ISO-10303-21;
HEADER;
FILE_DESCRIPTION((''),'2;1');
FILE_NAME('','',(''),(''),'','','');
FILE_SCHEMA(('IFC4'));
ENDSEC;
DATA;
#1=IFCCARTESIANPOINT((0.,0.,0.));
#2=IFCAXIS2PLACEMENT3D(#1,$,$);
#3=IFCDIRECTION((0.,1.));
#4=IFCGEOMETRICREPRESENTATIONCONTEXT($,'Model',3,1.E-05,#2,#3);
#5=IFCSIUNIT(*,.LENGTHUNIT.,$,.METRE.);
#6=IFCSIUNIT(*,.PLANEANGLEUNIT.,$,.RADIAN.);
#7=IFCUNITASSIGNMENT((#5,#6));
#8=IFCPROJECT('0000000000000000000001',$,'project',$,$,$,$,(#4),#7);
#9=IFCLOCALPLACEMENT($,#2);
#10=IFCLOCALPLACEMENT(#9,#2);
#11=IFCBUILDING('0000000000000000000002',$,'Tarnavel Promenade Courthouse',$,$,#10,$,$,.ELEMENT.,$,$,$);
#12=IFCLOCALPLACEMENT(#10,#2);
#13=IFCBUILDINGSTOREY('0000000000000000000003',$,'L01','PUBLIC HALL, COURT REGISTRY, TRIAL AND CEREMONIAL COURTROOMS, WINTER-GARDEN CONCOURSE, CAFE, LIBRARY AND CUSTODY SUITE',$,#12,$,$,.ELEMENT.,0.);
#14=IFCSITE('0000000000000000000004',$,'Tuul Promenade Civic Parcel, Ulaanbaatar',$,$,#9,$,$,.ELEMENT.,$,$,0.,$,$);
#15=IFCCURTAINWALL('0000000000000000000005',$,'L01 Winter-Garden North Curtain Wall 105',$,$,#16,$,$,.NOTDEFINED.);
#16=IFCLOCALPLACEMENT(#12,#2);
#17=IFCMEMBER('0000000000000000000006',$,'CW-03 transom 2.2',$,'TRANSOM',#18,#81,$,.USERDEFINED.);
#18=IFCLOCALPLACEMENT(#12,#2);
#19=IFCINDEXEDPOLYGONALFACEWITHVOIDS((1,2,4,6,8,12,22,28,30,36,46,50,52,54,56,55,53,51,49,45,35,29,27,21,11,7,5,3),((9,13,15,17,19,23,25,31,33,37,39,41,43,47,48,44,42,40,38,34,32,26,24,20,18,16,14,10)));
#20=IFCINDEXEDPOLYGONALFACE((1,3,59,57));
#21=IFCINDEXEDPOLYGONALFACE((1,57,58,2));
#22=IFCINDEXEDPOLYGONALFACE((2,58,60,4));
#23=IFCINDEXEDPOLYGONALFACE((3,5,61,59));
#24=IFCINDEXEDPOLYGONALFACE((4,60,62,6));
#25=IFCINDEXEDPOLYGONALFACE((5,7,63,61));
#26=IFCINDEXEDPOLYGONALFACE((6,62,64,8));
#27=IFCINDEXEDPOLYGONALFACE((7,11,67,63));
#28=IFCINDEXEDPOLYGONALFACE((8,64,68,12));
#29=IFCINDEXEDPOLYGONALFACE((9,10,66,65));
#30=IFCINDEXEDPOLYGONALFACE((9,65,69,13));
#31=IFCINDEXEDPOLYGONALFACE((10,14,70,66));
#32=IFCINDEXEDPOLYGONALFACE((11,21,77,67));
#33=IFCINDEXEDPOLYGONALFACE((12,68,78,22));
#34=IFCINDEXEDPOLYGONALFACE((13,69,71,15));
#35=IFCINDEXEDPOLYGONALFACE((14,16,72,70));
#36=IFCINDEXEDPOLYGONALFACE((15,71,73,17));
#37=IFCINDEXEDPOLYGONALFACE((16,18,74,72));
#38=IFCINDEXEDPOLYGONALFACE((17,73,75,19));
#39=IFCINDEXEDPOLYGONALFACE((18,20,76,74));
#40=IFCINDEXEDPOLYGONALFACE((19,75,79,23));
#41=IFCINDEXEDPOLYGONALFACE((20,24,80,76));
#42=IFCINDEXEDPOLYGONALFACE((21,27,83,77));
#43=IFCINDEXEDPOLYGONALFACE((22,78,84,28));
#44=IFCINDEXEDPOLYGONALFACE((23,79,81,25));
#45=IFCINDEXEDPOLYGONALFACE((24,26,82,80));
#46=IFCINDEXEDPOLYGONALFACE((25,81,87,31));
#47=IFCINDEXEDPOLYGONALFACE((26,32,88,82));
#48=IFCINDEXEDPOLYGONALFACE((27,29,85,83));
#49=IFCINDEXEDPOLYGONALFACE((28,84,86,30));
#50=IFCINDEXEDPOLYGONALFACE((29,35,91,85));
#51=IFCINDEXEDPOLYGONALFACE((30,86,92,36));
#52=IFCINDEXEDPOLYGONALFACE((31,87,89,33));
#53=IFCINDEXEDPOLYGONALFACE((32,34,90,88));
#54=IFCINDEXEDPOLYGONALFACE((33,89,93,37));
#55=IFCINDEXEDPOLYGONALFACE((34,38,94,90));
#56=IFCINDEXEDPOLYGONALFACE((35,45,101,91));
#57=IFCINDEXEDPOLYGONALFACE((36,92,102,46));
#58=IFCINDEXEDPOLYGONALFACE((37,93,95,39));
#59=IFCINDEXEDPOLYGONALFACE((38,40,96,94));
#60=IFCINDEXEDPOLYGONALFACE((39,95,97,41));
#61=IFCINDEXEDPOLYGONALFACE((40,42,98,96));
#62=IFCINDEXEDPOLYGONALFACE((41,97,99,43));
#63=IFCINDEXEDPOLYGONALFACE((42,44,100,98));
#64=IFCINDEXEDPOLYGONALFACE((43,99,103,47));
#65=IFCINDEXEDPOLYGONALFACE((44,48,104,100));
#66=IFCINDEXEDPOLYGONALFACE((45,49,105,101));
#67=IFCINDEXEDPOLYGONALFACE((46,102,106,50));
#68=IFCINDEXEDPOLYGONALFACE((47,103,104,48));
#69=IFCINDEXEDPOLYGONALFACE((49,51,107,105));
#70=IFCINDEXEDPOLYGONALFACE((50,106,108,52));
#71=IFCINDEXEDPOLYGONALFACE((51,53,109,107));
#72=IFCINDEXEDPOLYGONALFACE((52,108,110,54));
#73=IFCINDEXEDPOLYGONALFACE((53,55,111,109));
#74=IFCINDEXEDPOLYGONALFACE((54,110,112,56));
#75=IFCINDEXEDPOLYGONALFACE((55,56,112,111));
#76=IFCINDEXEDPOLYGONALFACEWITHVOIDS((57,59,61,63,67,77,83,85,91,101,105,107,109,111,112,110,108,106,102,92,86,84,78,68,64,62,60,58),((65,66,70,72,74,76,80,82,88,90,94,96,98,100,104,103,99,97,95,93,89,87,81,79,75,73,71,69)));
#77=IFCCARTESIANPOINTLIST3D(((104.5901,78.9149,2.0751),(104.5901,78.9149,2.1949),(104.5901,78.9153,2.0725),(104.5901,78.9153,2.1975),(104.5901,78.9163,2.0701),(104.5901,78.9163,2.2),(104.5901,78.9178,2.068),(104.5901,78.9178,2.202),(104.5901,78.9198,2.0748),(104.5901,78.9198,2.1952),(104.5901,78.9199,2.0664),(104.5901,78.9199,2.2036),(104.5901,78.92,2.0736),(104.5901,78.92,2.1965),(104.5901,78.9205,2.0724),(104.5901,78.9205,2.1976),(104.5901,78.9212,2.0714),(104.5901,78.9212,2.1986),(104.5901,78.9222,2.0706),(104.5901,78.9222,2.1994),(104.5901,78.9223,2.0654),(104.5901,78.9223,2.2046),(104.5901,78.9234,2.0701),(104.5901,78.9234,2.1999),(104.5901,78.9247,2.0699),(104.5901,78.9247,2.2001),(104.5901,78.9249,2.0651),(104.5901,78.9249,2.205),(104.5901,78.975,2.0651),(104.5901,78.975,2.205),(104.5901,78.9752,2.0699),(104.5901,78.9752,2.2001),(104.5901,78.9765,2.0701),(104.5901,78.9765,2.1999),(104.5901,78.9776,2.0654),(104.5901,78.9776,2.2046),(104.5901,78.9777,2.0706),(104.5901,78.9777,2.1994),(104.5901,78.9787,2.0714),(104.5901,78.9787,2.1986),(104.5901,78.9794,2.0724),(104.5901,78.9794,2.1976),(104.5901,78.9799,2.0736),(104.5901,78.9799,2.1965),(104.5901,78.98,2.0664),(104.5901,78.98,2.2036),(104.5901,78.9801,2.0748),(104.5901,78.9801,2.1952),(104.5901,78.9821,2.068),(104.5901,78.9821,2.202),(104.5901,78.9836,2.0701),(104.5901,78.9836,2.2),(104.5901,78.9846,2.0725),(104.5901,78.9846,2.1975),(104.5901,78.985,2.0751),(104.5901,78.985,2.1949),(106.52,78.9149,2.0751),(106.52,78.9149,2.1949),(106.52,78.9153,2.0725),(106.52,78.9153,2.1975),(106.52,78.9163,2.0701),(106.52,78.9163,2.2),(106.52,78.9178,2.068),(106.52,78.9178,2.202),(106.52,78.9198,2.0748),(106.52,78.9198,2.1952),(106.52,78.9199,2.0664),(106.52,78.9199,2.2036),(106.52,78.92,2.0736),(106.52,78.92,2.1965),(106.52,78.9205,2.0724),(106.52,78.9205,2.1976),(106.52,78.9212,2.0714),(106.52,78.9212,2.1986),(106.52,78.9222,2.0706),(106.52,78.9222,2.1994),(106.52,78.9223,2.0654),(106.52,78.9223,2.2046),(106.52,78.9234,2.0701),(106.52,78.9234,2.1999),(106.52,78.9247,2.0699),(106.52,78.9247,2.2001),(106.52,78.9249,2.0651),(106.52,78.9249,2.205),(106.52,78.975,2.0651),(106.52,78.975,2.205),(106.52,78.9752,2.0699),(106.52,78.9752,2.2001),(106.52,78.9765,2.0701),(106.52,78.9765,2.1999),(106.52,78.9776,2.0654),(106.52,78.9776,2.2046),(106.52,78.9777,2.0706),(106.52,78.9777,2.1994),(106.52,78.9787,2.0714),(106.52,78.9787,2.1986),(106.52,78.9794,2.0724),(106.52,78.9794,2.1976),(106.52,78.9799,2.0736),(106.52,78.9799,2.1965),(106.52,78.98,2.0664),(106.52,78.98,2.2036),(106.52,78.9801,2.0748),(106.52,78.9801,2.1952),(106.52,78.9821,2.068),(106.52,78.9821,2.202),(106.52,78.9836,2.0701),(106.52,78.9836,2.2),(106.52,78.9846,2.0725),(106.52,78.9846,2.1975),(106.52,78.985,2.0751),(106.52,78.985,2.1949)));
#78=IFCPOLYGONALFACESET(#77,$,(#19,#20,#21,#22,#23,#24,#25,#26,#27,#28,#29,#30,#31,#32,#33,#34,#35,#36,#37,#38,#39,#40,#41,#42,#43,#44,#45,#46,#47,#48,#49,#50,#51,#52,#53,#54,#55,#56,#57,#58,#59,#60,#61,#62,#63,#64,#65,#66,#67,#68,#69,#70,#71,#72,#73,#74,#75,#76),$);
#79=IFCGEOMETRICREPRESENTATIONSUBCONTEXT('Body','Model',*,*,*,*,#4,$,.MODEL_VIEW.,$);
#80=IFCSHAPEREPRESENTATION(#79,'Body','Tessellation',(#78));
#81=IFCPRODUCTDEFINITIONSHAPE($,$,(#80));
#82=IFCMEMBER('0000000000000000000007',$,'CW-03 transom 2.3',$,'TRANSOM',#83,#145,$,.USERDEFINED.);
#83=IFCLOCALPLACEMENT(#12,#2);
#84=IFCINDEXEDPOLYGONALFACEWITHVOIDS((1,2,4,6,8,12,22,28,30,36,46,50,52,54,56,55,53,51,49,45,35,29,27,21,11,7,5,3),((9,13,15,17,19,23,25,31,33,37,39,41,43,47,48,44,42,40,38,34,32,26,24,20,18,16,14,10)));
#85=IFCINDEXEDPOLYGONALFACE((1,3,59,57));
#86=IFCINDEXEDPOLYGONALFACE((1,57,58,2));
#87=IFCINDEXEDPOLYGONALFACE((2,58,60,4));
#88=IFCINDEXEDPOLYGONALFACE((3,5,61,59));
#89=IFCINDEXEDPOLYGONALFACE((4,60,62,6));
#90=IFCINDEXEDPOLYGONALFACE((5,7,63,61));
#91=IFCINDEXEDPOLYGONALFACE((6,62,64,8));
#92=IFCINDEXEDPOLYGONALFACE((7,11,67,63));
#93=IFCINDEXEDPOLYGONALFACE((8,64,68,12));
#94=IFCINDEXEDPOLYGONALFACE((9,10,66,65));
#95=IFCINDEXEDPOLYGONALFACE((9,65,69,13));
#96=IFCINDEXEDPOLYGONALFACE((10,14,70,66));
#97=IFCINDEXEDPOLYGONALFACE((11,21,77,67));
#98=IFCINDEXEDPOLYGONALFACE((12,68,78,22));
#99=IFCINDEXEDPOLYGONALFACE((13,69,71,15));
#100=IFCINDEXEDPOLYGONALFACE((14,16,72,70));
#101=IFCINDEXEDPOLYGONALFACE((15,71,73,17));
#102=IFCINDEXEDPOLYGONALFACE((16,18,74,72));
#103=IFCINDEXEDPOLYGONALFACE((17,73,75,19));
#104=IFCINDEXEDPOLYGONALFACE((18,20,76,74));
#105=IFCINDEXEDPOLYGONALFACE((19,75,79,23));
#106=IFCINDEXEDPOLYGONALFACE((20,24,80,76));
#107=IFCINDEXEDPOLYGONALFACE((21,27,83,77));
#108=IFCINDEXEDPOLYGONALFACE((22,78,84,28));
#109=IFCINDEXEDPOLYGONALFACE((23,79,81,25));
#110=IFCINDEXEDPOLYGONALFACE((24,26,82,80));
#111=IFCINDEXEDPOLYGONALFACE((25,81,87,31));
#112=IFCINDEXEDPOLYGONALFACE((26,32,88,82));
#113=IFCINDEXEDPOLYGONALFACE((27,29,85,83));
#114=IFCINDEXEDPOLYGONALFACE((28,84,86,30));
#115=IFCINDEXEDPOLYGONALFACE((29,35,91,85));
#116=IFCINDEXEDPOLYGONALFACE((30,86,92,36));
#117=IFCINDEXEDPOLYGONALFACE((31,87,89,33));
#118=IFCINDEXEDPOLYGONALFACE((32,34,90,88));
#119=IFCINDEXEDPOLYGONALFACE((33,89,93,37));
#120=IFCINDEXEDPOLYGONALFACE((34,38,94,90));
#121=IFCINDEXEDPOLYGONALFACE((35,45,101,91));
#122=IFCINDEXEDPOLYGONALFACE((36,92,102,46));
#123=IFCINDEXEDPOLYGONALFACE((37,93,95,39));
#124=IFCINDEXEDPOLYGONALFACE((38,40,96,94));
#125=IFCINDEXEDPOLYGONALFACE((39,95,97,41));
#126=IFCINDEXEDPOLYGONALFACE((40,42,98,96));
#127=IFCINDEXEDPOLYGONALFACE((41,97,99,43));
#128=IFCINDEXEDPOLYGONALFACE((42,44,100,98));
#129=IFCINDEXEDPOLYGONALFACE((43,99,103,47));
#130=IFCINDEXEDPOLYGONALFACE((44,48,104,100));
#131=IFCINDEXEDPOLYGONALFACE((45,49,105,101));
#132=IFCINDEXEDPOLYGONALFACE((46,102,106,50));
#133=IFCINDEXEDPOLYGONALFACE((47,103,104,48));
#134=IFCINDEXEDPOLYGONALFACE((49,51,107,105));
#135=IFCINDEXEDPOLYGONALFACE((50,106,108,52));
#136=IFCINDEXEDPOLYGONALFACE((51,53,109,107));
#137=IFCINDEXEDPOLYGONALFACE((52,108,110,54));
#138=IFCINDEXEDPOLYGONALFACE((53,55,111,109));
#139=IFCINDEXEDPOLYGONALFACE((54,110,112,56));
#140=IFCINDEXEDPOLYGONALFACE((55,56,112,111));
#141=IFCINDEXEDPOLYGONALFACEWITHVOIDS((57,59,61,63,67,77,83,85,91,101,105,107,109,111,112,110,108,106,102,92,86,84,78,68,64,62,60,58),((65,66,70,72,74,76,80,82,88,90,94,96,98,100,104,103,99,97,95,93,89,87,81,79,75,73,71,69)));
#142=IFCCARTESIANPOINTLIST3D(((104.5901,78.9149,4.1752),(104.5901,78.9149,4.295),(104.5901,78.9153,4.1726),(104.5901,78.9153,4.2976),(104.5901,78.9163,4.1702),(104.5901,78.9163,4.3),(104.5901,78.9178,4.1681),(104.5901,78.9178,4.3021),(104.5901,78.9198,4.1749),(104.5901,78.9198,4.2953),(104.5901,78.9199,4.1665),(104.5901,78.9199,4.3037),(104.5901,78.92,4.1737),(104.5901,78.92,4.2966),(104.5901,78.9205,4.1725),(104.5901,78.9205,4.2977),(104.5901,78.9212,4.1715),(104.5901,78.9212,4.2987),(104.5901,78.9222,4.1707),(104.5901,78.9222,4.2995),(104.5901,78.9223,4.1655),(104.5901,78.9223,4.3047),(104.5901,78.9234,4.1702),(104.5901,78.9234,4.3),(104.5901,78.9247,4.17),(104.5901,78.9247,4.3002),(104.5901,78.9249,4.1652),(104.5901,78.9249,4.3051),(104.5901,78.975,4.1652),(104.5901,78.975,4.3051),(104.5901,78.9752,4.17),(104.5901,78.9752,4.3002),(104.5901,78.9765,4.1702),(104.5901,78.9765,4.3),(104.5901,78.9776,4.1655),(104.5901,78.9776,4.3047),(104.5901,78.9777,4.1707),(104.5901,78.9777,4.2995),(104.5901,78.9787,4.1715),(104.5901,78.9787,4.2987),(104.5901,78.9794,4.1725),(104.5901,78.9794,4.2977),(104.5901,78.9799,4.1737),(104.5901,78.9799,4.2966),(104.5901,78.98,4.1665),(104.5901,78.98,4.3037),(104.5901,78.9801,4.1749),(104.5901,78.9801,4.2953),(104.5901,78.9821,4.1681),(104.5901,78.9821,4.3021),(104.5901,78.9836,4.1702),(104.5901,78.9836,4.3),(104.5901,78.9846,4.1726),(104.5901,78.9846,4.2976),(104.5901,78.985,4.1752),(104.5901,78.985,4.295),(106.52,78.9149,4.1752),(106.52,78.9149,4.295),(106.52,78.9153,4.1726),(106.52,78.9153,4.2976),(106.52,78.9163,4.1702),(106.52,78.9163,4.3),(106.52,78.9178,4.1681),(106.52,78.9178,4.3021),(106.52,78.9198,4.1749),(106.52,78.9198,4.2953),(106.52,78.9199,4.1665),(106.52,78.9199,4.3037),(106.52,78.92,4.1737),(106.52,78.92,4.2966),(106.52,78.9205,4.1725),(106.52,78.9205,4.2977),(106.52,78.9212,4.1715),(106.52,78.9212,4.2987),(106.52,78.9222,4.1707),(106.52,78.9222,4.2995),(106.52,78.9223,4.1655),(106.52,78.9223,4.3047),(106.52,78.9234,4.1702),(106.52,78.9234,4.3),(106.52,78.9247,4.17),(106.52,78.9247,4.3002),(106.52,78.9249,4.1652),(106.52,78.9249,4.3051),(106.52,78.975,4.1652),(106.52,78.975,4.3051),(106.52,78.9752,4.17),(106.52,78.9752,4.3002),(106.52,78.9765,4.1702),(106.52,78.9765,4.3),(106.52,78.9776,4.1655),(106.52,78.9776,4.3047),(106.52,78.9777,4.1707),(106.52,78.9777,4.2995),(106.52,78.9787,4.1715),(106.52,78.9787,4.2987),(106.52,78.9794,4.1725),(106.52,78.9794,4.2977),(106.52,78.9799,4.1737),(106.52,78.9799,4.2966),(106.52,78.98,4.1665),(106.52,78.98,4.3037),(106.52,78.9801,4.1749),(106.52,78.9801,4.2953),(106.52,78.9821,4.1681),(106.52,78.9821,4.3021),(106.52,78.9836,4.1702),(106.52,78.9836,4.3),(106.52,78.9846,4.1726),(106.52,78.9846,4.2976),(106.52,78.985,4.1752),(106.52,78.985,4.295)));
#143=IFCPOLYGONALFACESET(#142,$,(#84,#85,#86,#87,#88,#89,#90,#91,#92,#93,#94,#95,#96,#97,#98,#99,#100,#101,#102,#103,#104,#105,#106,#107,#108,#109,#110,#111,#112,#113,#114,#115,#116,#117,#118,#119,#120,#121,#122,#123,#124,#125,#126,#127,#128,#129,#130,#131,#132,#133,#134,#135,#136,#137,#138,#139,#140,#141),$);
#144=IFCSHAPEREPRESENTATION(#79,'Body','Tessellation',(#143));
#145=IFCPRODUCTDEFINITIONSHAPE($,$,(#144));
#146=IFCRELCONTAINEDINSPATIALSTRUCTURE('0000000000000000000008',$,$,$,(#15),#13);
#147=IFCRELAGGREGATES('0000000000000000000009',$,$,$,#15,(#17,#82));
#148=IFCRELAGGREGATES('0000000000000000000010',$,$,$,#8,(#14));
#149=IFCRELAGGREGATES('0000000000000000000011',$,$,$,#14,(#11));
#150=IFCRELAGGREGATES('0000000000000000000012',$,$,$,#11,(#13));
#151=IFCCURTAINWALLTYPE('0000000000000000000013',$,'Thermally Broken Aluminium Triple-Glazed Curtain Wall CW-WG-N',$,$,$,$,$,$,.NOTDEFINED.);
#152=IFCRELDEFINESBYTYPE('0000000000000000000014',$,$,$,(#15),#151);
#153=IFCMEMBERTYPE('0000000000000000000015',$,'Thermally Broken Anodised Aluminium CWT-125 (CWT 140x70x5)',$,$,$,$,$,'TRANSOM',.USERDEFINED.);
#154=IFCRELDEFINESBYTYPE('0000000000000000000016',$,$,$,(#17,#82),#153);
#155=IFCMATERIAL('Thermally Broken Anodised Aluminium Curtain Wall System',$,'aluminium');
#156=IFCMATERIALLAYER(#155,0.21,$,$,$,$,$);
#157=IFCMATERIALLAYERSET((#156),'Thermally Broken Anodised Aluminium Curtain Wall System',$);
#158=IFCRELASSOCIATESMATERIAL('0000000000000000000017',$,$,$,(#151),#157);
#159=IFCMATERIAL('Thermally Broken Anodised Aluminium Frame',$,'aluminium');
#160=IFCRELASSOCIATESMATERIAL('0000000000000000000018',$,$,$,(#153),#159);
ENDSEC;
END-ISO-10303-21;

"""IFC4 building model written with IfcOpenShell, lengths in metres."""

from ifc_helpers import new_model, si_unit, direction, frame, origin, origin_2d, place, context, subcontext, project, spatial, hollow_rectangle, extrude, material, layer, layer_set, material_profile, profile_set, type_object, element, aggregate, save


model = new_model("IFC4")

# Units and contexts
model_context = context("Model", 3, precision=1e-05, world=origin(), true_north=direction((0.0, 1.0)))
body_context = subcontext(model_context, "Body", "Model", "MODEL_VIEW")
ifc_project = project(units=[si_unit("LENGTHUNIT", "METRE"), si_unit("PLANEANGLEUNIT", "RADIAN")], contexts=[model_context])

# Site, building, storey
site_placement = place(None, origin())
site = spatial("IfcSite", under=ifc_project, at=site_placement, Name="Tuul Promenade Civic Parcel, Ulaanbaatar", CompositionType="ELEMENT", RefElevation=0.0)
building_placement = place(site_placement, origin())
building = spatial("IfcBuilding", under=site, at=building_placement, Name="Tarnavel Promenade Courthouse", CompositionType="ELEMENT")
storey_placement = place(building_placement, origin())
storey = spatial("IfcBuildingStorey", under=building, at=storey_placement, Name="L01", Description="PUBLIC HALL, COURT REGISTRY, TRIAL AND CEREMONIAL COURTROOMS, WINTER-GARDEN CONCOURSE, CAFE, LIBRARY AND CUSTODY SUITE", CompositionType="ELEMENT", Elevation=0.0)

# Curtain wall
ifc_material_1 = material(Name="Thermally Broken Anodised Aluminium Curtain Wall System", Category="aluminium")
ifc_layer_1 = layer(ifc_material_1, 0.21)
ifc_layer_set_1 = layer_set([ifc_layer_1], Name="Thermally Broken Anodised Aluminium Curtain Wall System")
curtain_wall_type = type_object("IfcCurtainWallType", Name="Thermally Broken Aluminium Triple-Glazed Curtain Wall CW-WG-N", PredefinedType="NOTDEFINED", material=ifc_layer_set_1)
curtain_wall_1_placement = place(storey_placement, origin())
curtain_wall_1 = element("IfcCurtainWall", 1, at=curtain_wall_1_placement, inside=storey, type_object=curtain_wall_type, Name="L01 Winter-Garden North Curtain Wall 105", PredefinedType="NOTDEFINED")
ifc_material_2 = material(Name="Thermally Broken Anodised Aluminium Frame", Category="aluminium")

# Members
ifc_material_profile_1 = material_profile(ifc_material_2, hollow_rectangle(XDim=0.0701, YDim=0.1399, WallThickness=0.0049, InnerFilletRadius=0.0049, OuterFilletRadius=0.01, at=origin_2d()), Name="CWT 140x70x5")
ifc_profile_set_1 = profile_set([ifc_material_profile_1], Name="Thermally Broken Anodised Aluminium Frame")
member_type_1 = type_object("IfcMemberType", Name="Thermally Broken Anodised Aluminium CWT-125 (CWT 140x70x5)", ElementType="TRANSOM", PredefinedType="USERDEFINED", material=ifc_profile_set_1)
member_1_placement = place(storey_placement, frame((104.5901, 78.95, 2.135), z_axis=(1.0, 0.0, 0.0), x_axis=(0.0, 1.0, 0.0)))
member_1 = element("IfcMember", 2, at=member_1_placement, type_object=member_type_1, Name="CW-03 transom 2.2", ObjectType="TRANSOM", PredefinedType="USERDEFINED", context=body_context, shape_type="SweptSolid", body=[
    extrude(hollow_rectangle(XDim=0.0701, YDim=0.1399, WallThickness=0.0049, InnerFilletRadius=0.0049, OuterFilletRadius=0.01, at=origin_2d()), origin(), (0.0, 0.0, 1.0), 1.9299),
])
member_2_placement = place(storey_placement, frame((104.5901, 78.95, 4.2351), z_axis=(1.0, 0.0, 0.0), x_axis=(0.0, 1.0, 0.0)))
member_2 = element("IfcMember", 3, at=member_2_placement, type_object=member_type_1, Name="CW-03 transom 2.3", ObjectType="TRANSOM", PredefinedType="USERDEFINED", context=body_context, shape_type="SweptSolid", body=[
    extrude(hollow_rectangle(XDim=0.0701, YDim=0.1399, WallThickness=0.0049, InnerFilletRadius=0.0049, OuterFilletRadius=0.01, at=origin_2d()), origin(), (0.0, 0.0, 1.0), 1.9299),
])

aggregate(curtain_wall_1, [member_1, member_2])

save(model, "model.ifc")
